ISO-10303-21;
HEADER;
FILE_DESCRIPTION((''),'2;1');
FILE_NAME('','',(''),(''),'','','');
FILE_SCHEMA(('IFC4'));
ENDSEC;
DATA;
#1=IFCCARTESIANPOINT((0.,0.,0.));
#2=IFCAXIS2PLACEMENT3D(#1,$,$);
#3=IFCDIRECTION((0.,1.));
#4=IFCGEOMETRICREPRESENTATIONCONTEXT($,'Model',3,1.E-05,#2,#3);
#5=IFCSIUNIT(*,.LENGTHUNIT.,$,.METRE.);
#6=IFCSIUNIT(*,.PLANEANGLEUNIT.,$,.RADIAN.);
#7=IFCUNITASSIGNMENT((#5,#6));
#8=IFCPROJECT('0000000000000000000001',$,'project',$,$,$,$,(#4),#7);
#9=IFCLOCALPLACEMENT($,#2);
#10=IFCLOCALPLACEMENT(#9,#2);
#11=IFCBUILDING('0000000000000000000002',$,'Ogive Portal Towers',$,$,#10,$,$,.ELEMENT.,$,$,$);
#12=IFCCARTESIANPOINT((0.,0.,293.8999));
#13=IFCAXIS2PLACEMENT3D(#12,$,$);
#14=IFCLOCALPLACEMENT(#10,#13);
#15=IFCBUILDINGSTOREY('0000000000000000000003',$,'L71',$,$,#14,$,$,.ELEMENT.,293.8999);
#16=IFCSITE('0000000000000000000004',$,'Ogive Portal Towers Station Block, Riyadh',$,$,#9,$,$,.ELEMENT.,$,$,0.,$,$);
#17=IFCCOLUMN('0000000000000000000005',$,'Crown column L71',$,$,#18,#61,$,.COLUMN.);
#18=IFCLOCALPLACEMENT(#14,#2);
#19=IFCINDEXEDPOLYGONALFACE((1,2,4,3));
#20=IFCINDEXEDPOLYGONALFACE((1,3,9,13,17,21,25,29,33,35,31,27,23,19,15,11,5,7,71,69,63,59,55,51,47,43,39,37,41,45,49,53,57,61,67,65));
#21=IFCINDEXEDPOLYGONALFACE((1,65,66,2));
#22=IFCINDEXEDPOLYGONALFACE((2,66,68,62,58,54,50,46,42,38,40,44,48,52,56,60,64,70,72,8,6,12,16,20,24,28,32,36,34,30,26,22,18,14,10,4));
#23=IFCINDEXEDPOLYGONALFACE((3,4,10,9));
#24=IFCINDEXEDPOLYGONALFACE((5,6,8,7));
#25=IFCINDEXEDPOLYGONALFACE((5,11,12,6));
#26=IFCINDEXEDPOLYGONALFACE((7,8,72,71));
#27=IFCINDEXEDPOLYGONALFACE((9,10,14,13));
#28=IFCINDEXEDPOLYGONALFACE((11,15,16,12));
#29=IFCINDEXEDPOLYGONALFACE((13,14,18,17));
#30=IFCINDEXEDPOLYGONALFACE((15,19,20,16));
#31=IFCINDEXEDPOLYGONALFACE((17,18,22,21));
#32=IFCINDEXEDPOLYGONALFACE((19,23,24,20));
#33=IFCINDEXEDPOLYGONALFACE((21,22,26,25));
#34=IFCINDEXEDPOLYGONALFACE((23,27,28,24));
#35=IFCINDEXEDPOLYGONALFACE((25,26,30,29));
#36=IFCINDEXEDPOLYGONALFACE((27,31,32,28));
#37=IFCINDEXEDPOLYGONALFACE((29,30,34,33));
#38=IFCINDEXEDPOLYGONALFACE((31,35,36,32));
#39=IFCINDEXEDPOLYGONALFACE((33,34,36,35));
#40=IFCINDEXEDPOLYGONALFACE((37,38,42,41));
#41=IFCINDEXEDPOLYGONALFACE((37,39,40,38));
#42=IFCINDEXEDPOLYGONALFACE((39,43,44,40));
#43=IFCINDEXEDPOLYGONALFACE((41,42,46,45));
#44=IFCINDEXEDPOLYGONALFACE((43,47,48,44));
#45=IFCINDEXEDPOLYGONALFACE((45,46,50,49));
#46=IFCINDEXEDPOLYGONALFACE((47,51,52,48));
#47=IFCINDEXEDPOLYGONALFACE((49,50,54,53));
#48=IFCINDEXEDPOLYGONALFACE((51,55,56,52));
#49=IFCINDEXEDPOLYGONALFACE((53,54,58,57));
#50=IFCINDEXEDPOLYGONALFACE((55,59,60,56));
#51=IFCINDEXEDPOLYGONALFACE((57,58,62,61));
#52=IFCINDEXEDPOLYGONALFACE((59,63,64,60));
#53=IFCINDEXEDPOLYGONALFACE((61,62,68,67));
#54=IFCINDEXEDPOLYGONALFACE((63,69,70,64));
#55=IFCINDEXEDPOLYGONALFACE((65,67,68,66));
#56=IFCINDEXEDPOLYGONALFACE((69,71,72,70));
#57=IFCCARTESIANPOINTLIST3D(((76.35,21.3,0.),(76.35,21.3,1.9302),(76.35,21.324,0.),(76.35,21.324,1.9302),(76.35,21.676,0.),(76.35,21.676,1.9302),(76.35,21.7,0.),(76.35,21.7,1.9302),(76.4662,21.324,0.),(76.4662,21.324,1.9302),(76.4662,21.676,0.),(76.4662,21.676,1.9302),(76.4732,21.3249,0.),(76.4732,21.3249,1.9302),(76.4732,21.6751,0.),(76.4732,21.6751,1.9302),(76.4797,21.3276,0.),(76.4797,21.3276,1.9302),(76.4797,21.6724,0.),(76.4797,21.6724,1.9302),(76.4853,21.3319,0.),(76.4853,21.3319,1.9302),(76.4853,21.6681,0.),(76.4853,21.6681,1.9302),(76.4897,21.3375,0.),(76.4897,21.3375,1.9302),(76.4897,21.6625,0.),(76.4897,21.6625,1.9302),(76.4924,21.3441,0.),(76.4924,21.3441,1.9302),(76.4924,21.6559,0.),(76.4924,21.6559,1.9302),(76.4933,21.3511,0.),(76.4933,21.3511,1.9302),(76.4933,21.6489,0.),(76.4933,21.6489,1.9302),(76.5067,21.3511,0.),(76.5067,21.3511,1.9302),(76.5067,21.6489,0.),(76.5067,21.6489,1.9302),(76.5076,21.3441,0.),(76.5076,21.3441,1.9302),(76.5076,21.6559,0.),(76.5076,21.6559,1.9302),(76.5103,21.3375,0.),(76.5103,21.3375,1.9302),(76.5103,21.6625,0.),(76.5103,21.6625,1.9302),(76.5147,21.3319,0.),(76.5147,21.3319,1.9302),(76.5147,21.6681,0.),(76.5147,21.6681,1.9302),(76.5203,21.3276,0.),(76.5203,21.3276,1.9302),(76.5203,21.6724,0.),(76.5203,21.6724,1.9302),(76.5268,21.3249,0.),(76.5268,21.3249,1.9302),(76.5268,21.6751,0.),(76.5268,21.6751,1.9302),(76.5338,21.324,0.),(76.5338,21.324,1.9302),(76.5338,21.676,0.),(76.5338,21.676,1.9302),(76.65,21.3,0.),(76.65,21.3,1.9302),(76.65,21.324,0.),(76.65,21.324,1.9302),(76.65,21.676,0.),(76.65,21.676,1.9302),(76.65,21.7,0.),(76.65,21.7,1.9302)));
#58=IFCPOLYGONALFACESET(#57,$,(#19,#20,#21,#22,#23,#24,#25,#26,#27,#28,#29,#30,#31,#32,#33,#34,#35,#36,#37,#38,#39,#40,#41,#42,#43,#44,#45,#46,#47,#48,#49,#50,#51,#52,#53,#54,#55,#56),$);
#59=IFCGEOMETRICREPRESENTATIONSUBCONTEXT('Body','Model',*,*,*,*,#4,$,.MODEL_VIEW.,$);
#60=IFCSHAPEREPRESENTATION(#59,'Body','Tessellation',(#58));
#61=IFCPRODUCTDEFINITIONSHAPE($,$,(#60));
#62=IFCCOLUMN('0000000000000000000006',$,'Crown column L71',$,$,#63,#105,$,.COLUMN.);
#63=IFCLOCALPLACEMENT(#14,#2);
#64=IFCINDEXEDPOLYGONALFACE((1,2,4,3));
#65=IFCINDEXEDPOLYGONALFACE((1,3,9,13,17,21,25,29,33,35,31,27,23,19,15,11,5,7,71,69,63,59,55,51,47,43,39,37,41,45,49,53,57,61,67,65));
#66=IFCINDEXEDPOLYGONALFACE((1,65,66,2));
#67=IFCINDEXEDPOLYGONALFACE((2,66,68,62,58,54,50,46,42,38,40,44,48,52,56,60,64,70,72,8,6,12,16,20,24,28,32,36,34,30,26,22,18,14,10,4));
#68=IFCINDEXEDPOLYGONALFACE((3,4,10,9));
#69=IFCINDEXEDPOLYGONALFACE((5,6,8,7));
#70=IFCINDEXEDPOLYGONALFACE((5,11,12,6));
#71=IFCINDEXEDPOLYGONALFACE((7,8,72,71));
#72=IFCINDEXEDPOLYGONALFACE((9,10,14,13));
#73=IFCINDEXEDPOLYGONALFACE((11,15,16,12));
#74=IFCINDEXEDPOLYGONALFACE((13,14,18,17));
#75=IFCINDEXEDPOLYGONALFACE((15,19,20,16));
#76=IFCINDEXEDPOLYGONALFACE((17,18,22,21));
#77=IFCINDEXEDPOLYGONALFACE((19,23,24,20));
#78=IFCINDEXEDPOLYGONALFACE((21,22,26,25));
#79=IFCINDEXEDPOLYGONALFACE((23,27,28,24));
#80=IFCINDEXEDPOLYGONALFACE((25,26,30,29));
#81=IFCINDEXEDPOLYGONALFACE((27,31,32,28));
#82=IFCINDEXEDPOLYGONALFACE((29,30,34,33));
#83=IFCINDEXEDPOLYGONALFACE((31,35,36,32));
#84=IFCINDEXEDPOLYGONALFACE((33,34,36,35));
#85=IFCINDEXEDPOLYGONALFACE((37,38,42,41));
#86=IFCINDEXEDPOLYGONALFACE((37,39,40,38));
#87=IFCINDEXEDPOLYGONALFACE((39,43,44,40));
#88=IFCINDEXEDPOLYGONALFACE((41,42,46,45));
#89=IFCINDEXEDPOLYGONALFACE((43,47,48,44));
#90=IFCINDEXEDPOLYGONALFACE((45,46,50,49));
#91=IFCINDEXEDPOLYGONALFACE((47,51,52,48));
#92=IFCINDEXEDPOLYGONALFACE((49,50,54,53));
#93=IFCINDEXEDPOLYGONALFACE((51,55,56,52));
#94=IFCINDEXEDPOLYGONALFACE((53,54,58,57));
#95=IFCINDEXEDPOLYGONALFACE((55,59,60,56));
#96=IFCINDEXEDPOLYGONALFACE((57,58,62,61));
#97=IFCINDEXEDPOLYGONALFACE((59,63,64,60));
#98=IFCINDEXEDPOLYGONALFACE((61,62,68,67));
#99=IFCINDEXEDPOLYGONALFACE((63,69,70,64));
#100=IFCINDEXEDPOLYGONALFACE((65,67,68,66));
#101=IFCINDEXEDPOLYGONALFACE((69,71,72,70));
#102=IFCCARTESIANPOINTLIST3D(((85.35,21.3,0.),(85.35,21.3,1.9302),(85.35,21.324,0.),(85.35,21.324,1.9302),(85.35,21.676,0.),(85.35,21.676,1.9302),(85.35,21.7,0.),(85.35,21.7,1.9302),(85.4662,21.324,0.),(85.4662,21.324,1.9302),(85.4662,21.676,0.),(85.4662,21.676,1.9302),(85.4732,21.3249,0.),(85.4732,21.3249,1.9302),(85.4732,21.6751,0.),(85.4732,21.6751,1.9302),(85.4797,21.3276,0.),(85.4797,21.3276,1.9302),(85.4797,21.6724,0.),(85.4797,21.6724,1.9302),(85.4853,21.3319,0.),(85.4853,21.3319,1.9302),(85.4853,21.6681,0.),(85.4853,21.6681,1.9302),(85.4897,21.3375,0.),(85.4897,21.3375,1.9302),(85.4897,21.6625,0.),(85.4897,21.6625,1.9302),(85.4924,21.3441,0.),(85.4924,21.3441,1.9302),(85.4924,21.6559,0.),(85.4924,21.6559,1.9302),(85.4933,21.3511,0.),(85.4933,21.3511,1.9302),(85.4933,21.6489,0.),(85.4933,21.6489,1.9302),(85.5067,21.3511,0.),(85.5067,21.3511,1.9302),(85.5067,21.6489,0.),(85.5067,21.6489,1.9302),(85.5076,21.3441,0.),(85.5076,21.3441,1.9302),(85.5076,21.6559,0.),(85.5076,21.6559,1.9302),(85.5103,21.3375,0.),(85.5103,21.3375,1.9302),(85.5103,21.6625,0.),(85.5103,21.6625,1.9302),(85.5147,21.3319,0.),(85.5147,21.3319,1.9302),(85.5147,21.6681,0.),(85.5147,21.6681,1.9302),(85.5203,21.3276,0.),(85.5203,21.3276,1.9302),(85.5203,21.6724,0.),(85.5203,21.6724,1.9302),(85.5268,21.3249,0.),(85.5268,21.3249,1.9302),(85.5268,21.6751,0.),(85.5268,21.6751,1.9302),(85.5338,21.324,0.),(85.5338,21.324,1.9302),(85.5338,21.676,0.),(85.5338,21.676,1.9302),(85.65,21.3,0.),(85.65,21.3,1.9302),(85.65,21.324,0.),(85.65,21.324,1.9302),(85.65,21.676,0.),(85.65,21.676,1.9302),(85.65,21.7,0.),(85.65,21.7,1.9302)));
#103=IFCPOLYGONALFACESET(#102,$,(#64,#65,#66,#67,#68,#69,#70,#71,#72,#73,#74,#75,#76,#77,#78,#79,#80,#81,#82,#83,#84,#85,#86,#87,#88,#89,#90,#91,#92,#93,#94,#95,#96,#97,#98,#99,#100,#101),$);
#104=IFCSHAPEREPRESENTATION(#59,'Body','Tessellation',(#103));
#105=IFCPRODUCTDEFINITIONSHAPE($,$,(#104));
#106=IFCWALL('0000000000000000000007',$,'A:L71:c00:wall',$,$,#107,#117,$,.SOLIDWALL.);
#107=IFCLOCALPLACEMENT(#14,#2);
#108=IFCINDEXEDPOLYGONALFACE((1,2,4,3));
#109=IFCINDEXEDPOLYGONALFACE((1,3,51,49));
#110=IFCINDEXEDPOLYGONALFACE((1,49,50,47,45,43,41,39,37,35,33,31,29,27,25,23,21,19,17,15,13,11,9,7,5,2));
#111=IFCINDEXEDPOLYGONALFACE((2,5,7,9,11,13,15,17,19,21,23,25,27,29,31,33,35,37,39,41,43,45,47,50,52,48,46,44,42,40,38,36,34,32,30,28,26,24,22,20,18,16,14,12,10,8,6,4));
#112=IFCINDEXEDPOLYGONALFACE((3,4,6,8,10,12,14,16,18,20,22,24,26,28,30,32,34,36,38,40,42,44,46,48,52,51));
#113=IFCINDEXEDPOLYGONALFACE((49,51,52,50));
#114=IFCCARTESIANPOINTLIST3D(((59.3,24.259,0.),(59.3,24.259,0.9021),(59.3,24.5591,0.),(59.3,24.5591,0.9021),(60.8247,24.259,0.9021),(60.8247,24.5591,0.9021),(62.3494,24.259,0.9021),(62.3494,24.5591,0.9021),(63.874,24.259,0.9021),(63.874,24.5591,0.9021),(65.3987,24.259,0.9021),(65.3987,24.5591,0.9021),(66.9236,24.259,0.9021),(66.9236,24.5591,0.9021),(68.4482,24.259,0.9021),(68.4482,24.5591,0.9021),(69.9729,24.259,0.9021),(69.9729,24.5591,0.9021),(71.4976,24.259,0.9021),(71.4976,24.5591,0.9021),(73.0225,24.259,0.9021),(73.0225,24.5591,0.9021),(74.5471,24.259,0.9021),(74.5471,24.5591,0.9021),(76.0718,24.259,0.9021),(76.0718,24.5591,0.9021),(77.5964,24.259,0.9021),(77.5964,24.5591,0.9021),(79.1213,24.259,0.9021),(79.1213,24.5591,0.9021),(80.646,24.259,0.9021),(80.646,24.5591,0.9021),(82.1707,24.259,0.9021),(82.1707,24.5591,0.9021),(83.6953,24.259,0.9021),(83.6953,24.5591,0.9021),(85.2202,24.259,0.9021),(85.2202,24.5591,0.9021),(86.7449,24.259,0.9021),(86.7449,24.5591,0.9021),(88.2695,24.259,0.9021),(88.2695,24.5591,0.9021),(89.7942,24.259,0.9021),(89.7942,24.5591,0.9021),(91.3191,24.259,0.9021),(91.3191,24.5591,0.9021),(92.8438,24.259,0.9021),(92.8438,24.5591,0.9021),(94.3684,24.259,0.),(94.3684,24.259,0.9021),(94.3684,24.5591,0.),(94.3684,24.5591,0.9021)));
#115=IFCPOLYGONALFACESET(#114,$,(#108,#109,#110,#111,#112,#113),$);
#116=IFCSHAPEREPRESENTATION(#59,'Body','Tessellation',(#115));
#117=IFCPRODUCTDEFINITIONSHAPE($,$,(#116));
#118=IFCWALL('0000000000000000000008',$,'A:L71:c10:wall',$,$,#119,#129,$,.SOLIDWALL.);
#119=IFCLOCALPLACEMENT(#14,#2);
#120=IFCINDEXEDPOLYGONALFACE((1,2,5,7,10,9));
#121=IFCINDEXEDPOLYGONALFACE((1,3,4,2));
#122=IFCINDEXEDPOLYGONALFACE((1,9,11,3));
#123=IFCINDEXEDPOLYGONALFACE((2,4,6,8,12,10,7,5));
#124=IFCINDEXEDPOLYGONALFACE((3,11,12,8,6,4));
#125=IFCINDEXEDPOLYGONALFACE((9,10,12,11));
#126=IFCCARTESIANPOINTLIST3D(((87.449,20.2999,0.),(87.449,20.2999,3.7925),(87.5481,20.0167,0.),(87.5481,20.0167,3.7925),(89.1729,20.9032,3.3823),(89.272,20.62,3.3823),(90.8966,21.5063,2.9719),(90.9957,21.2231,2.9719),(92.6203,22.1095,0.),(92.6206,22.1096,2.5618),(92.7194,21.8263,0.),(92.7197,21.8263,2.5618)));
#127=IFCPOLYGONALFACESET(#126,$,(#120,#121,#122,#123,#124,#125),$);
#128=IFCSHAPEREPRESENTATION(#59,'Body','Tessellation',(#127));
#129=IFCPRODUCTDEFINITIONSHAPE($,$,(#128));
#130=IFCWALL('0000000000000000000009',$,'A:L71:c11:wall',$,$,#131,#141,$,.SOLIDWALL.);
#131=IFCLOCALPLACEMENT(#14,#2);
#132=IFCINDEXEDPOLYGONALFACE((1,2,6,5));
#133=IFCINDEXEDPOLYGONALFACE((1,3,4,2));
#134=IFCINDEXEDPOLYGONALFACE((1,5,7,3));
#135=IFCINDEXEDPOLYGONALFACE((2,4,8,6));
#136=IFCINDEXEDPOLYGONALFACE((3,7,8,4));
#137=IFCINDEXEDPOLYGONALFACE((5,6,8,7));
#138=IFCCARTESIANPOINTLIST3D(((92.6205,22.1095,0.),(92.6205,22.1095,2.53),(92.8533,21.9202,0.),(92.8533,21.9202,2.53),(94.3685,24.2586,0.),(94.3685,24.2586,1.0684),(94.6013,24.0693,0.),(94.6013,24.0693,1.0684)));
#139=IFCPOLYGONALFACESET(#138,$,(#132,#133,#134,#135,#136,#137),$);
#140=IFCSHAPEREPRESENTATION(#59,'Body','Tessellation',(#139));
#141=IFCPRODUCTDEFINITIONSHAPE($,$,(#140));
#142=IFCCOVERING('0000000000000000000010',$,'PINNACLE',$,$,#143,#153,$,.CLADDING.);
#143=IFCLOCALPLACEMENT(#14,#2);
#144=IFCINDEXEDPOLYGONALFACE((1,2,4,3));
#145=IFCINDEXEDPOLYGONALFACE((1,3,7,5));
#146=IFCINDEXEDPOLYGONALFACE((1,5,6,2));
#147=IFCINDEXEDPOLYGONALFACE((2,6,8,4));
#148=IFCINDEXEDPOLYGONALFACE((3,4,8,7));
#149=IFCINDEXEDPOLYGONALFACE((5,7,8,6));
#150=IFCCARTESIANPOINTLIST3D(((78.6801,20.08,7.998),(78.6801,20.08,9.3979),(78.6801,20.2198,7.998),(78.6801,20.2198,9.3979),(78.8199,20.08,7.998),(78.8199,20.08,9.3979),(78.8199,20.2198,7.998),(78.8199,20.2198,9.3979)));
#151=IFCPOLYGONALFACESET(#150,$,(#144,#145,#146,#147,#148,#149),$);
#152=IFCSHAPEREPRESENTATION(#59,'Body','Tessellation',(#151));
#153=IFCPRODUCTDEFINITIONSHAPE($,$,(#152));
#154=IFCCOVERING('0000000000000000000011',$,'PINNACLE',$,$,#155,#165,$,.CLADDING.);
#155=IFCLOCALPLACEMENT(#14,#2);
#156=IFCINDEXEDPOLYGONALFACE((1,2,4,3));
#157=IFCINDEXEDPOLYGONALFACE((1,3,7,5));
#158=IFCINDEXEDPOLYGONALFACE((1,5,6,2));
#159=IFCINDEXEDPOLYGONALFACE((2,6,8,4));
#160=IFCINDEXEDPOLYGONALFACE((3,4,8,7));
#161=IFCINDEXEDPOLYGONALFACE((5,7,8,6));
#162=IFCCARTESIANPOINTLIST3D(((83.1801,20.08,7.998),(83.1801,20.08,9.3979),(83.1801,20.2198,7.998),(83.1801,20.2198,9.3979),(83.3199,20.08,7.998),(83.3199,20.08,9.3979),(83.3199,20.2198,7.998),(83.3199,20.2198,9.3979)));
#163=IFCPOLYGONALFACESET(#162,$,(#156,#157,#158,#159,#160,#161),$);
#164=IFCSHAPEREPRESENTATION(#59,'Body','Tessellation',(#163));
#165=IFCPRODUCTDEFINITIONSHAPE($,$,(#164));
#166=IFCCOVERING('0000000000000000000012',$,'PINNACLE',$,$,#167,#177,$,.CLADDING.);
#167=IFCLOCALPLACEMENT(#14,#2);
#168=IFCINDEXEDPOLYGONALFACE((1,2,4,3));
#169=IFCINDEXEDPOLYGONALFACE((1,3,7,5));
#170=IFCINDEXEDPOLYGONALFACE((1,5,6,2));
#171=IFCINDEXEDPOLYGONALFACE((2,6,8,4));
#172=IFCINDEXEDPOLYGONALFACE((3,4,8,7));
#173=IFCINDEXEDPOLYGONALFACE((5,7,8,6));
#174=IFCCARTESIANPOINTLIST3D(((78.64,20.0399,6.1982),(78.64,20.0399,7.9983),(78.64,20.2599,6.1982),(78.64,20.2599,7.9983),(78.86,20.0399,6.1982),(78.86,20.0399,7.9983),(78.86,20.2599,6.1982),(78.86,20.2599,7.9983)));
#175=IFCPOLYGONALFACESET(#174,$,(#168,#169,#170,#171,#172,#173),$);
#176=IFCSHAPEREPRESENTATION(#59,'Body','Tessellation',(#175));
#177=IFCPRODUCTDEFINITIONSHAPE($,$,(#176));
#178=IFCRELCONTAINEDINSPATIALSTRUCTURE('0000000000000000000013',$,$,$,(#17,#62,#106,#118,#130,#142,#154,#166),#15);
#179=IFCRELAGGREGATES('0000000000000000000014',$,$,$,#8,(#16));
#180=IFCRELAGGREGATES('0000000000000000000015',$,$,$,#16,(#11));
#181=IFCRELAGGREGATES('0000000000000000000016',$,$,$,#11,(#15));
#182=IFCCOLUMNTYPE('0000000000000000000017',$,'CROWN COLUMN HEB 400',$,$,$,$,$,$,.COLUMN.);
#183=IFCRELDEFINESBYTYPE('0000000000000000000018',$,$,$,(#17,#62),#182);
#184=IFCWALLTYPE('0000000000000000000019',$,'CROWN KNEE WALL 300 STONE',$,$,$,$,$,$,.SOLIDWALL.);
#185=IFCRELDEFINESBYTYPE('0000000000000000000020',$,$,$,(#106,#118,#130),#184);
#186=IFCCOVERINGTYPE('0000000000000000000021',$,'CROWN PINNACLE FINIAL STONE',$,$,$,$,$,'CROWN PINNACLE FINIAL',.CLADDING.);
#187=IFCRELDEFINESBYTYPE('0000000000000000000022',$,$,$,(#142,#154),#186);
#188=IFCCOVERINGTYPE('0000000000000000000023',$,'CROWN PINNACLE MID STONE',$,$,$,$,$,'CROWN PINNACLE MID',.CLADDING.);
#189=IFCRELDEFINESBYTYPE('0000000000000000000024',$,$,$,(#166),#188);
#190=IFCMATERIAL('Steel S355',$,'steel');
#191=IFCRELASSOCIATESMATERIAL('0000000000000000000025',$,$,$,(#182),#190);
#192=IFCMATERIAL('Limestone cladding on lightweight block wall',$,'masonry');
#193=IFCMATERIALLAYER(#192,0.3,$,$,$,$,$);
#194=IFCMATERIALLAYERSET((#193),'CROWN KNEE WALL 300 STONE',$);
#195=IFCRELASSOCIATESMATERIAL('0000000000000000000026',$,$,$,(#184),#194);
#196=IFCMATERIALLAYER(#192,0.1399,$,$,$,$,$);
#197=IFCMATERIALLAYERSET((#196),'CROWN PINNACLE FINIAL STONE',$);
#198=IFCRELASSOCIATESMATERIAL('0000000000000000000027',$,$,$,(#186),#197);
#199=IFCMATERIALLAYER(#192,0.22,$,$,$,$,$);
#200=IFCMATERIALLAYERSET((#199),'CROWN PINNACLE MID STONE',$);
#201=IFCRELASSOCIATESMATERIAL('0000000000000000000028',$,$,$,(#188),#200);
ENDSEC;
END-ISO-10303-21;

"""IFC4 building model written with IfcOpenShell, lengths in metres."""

from ifc_helpers import new_model, si_unit, direction, frame, origin, origin_2d, place, context, subcontext, project, spatial, polyline, rectangle, i_section, outline, extrude, material, layer, layer_set, material_profile, profile_set, type_object, element, save


model = new_model("IFC4")

# Units and contexts
model_context = context("Model", 3, precision=1e-05, world=origin(), true_north=direction((0.0, 1.0)))
body_context = subcontext(model_context, "Body", "Model", "MODEL_VIEW")
ifc_project = project(units=[si_unit("LENGTHUNIT", "METRE"), si_unit("PLANEANGLEUNIT", "RADIAN")], contexts=[model_context])

# Site, building, storey
site_placement = place(None, origin())
site = spatial("IfcSite", under=ifc_project, at=site_placement, Name="Ogive Portal Towers Station Block, Riyadh", CompositionType="ELEMENT", RefElevation=0.0)
building_placement = place(site_placement, origin())
building = spatial("IfcBuilding", under=site, at=building_placement, Name="Ogive Portal Towers", CompositionType="ELEMENT")
storey_placement = place(building_placement, frame((0.0, 0.0, 293.8999)))
storey = spatial("IfcBuildingStorey", under=building, at=storey_placement, Name="L71", CompositionType="ELEMENT", Elevation=293.8999)

# Columns
ifc_material_1 = material(Name="Steel S355", Category="steel")
ifc_material_profile = material_profile(ifc_material_1, i_section(OverallWidth=0.3, OverallDepth=0.3999, WebThickness=0.0134, FlangeThickness=0.0239, FilletRadius=0.0271, at=origin_2d()), Name="HEB 400")
ifc_profile_set = profile_set([ifc_material_profile], Name="Steel S355")
column_type = type_object("IfcColumnType", Name="CROWN COLUMN HEB 400", PredefinedType="COLUMN", material=ifc_profile_set)
for number, where, z_axis, x_axis, name in (
    (1, (76.5, 21.5, 0.0), (0.0, 0.0, 1.0), (1.0, 0.0, 0.0), "Crown column L71"),
    (2, (85.5, 21.5, 0.0), (0.0, 0.0, 1.0), (1.0, 0.0, 0.0), "Crown column L71"),
):
    element("IfcColumn", number, at=place(storey_placement, frame(where, z_axis=z_axis, x_axis=x_axis)), inside=storey, type_object=column_type, Name=name, PredefinedType="COLUMN", context=body_context, shape_type="SweptSolid", body=[
        extrude(i_section(OverallWidth=0.3, OverallDepth=0.3999, WebThickness=0.0134, FlangeThickness=0.0239, FilletRadius=0.0271, at=origin_2d()), origin(), (0.0, 0.0, 1.0), 1.9302),
    ])

# Walls
ifc_material_2 = material(Name="Limestone cladding on lightweight block wall", Category="masonry")
ifc_layer_1 = layer(ifc_material_2, 0.3)
ifc_layer_set_1 = layer_set([ifc_layer_1], Name="CROWN KNEE WALL 300 STONE")
wall_type = type_object("IfcWallType", Name="CROWN KNEE WALL 300 STONE", PredefinedType="SOLIDWALL", material=ifc_layer_set_1)
wall_1_placement = place(storey_placement, frame((94.3684, 24.4089, 0.0), z_axis=(0.0, 0.0, 1.0), x_axis=(-1.0, 0.0, 0.0)))
element("IfcWall", 3, at=wall_1_placement, inside=storey, type_object=wall_type, Name="A:L71:c00:wall", PredefinedType="SOLIDWALL", context=body_context, shape_type="SweptSolid", body=[
    extrude(outline(polyline([(0.0, 0.0), (35.0684, 0.0), (35.0684, 0.9021), (33.5437, 0.9021), (32.019, 0.9021), (30.4944, 0.9021), (28.9697, 0.9021), (27.4448, 0.9021), (25.9202, 0.9021), (24.3955, 0.9021), (22.8708, 0.9021), (21.3459, 0.9021), (19.8213, 0.9021), (18.2966, 0.9021), (16.772, 0.9021), (15.2471, 0.9021), (13.7224, 0.9021), (12.1978, 0.9021), (10.6731, 0.9021), (9.1482, 0.9021), (7.6235, 0.9021), (6.0989, 0.9021), (4.5742, 0.9021), (3.0493, 0.9021), (1.5247, 0.9021), (0.0, 0.9021), (0.0, 0.0)])), frame((0.0, 0.1499, 0.0), z_axis=(0.0, -1.0, 0.0), x_axis=(1.0, 0.0, 0.0)), (0.0, 0.0, 1.0), 0.3),
])
wall_2_placement = place(storey_placement, frame((87.4985, 20.1584, 0.0), z_axis=(0.0, 0.0, 1.0), x_axis=(0.943882, 0.330283, 0.0)))
element("IfcWall", 4, at=wall_2_placement, inside=storey, type_object=wall_type, Name="A:L71:c10:wall", PredefinedType="SOLIDWALL", context=body_context, shape_type="SweptSolid", body=[
    extrude(outline(polyline([(0.0, 0.0), (5.4788, 0.0), (5.479, 2.5618), (3.6526, 2.9719), (1.8264, 3.3823), (0.0, 3.7925), (0.0, 0.0)])), frame((0.0, 0.1499, 0.0), z_axis=(0.0, -1.0, 0.0), x_axis=(1.0, 0.0, 0.0)), (0.0, 0.0, 1.0), 0.3),
])
wall_3_placement = place(storey_placement, frame((92.7368, 22.0149, 0.0), z_axis=(0.0, 0.0, 1.0), x_axis=(0.630994, 0.775788, 0.0)))
element("IfcWall", 5, at=wall_3_placement, inside=storey, type_object=wall_type, Name="A:L71:c11:wall", PredefinedType="SOLIDWALL", context=body_context, shape_type="SweptSolid", body=[
    extrude(outline(polyline([(0.0, 0.0), (2.7703, 0.0), (2.7703, 1.0684), (0.0, 2.53), (0.0, 0.0)])), frame((0.0, 0.1499, 0.0), z_axis=(0.0, -1.0, 0.0), x_axis=(1.0, 0.0, 0.0)), (0.0, 0.0, 1.0), 0.3),
])

# Coverings
ifc_layer_2 = layer(ifc_material_2, 0.1399)
ifc_layer_set_2 = layer_set([ifc_layer_2], Name="CROWN PINNACLE FINIAL STONE")
covering_type_1 = type_object("IfcCoveringType", Name="CROWN PINNACLE FINIAL STONE", ElementType="CROWN PINNACLE FINIAL", PredefinedType="CLADDING", material=ifc_layer_set_2)
for number, where, z_axis, x_axis, name in (
    (6, (78.75, 20.1499, 7.998), (0.0, 0.0, 1.0), (1.0, 0.0, 0.0), "PINNACLE"),
    (7, (83.25, 20.1499, 7.998), (0.0, 0.0, 1.0), (1.0, 0.0, 0.0), "PINNACLE"),
):
    element("IfcCovering", number, at=place(storey_placement, frame(where, z_axis=z_axis, x_axis=x_axis)), inside=storey, type_object=covering_type_1, Name=name, PredefinedType="CLADDING", context=body_context, shape_type="SweptSolid", body=[
        extrude(rectangle(XDim=0.1399, YDim=0.1399, at=origin_2d()), origin(), (0.0, 0.0, 1.0), 1.3999),
    ])
ifc_layer_3 = layer(ifc_material_2, 0.22)
ifc_layer_set_3 = layer_set([ifc_layer_3], Name="CROWN PINNACLE MID STONE")
covering_type_2 = type_object("IfcCoveringType", Name="CROWN PINNACLE MID STONE", ElementType="CROWN PINNACLE MID", PredefinedType="CLADDING", material=ifc_layer_set_3)
for number, where, z_axis, x_axis, name in (
    (8, (78.75, 20.1499, 6.1982), (0.0, 0.0, 1.0), (1.0, 0.0, 0.0), "PINNACLE"),
):
    element("IfcCovering", number, at=place(storey_placement, frame(where, z_axis=z_axis, x_axis=x_axis)), inside=storey, type_object=covering_type_2, Name=name, PredefinedType="CLADDING", context=body_context, shape_type="SweptSolid", body=[
        extrude(rectangle(XDim=0.22, YDim=0.22, at=origin_2d()), origin(), (0.0, 0.0, 1.0), 1.8),
    ])

save(model, "model.ifc")
